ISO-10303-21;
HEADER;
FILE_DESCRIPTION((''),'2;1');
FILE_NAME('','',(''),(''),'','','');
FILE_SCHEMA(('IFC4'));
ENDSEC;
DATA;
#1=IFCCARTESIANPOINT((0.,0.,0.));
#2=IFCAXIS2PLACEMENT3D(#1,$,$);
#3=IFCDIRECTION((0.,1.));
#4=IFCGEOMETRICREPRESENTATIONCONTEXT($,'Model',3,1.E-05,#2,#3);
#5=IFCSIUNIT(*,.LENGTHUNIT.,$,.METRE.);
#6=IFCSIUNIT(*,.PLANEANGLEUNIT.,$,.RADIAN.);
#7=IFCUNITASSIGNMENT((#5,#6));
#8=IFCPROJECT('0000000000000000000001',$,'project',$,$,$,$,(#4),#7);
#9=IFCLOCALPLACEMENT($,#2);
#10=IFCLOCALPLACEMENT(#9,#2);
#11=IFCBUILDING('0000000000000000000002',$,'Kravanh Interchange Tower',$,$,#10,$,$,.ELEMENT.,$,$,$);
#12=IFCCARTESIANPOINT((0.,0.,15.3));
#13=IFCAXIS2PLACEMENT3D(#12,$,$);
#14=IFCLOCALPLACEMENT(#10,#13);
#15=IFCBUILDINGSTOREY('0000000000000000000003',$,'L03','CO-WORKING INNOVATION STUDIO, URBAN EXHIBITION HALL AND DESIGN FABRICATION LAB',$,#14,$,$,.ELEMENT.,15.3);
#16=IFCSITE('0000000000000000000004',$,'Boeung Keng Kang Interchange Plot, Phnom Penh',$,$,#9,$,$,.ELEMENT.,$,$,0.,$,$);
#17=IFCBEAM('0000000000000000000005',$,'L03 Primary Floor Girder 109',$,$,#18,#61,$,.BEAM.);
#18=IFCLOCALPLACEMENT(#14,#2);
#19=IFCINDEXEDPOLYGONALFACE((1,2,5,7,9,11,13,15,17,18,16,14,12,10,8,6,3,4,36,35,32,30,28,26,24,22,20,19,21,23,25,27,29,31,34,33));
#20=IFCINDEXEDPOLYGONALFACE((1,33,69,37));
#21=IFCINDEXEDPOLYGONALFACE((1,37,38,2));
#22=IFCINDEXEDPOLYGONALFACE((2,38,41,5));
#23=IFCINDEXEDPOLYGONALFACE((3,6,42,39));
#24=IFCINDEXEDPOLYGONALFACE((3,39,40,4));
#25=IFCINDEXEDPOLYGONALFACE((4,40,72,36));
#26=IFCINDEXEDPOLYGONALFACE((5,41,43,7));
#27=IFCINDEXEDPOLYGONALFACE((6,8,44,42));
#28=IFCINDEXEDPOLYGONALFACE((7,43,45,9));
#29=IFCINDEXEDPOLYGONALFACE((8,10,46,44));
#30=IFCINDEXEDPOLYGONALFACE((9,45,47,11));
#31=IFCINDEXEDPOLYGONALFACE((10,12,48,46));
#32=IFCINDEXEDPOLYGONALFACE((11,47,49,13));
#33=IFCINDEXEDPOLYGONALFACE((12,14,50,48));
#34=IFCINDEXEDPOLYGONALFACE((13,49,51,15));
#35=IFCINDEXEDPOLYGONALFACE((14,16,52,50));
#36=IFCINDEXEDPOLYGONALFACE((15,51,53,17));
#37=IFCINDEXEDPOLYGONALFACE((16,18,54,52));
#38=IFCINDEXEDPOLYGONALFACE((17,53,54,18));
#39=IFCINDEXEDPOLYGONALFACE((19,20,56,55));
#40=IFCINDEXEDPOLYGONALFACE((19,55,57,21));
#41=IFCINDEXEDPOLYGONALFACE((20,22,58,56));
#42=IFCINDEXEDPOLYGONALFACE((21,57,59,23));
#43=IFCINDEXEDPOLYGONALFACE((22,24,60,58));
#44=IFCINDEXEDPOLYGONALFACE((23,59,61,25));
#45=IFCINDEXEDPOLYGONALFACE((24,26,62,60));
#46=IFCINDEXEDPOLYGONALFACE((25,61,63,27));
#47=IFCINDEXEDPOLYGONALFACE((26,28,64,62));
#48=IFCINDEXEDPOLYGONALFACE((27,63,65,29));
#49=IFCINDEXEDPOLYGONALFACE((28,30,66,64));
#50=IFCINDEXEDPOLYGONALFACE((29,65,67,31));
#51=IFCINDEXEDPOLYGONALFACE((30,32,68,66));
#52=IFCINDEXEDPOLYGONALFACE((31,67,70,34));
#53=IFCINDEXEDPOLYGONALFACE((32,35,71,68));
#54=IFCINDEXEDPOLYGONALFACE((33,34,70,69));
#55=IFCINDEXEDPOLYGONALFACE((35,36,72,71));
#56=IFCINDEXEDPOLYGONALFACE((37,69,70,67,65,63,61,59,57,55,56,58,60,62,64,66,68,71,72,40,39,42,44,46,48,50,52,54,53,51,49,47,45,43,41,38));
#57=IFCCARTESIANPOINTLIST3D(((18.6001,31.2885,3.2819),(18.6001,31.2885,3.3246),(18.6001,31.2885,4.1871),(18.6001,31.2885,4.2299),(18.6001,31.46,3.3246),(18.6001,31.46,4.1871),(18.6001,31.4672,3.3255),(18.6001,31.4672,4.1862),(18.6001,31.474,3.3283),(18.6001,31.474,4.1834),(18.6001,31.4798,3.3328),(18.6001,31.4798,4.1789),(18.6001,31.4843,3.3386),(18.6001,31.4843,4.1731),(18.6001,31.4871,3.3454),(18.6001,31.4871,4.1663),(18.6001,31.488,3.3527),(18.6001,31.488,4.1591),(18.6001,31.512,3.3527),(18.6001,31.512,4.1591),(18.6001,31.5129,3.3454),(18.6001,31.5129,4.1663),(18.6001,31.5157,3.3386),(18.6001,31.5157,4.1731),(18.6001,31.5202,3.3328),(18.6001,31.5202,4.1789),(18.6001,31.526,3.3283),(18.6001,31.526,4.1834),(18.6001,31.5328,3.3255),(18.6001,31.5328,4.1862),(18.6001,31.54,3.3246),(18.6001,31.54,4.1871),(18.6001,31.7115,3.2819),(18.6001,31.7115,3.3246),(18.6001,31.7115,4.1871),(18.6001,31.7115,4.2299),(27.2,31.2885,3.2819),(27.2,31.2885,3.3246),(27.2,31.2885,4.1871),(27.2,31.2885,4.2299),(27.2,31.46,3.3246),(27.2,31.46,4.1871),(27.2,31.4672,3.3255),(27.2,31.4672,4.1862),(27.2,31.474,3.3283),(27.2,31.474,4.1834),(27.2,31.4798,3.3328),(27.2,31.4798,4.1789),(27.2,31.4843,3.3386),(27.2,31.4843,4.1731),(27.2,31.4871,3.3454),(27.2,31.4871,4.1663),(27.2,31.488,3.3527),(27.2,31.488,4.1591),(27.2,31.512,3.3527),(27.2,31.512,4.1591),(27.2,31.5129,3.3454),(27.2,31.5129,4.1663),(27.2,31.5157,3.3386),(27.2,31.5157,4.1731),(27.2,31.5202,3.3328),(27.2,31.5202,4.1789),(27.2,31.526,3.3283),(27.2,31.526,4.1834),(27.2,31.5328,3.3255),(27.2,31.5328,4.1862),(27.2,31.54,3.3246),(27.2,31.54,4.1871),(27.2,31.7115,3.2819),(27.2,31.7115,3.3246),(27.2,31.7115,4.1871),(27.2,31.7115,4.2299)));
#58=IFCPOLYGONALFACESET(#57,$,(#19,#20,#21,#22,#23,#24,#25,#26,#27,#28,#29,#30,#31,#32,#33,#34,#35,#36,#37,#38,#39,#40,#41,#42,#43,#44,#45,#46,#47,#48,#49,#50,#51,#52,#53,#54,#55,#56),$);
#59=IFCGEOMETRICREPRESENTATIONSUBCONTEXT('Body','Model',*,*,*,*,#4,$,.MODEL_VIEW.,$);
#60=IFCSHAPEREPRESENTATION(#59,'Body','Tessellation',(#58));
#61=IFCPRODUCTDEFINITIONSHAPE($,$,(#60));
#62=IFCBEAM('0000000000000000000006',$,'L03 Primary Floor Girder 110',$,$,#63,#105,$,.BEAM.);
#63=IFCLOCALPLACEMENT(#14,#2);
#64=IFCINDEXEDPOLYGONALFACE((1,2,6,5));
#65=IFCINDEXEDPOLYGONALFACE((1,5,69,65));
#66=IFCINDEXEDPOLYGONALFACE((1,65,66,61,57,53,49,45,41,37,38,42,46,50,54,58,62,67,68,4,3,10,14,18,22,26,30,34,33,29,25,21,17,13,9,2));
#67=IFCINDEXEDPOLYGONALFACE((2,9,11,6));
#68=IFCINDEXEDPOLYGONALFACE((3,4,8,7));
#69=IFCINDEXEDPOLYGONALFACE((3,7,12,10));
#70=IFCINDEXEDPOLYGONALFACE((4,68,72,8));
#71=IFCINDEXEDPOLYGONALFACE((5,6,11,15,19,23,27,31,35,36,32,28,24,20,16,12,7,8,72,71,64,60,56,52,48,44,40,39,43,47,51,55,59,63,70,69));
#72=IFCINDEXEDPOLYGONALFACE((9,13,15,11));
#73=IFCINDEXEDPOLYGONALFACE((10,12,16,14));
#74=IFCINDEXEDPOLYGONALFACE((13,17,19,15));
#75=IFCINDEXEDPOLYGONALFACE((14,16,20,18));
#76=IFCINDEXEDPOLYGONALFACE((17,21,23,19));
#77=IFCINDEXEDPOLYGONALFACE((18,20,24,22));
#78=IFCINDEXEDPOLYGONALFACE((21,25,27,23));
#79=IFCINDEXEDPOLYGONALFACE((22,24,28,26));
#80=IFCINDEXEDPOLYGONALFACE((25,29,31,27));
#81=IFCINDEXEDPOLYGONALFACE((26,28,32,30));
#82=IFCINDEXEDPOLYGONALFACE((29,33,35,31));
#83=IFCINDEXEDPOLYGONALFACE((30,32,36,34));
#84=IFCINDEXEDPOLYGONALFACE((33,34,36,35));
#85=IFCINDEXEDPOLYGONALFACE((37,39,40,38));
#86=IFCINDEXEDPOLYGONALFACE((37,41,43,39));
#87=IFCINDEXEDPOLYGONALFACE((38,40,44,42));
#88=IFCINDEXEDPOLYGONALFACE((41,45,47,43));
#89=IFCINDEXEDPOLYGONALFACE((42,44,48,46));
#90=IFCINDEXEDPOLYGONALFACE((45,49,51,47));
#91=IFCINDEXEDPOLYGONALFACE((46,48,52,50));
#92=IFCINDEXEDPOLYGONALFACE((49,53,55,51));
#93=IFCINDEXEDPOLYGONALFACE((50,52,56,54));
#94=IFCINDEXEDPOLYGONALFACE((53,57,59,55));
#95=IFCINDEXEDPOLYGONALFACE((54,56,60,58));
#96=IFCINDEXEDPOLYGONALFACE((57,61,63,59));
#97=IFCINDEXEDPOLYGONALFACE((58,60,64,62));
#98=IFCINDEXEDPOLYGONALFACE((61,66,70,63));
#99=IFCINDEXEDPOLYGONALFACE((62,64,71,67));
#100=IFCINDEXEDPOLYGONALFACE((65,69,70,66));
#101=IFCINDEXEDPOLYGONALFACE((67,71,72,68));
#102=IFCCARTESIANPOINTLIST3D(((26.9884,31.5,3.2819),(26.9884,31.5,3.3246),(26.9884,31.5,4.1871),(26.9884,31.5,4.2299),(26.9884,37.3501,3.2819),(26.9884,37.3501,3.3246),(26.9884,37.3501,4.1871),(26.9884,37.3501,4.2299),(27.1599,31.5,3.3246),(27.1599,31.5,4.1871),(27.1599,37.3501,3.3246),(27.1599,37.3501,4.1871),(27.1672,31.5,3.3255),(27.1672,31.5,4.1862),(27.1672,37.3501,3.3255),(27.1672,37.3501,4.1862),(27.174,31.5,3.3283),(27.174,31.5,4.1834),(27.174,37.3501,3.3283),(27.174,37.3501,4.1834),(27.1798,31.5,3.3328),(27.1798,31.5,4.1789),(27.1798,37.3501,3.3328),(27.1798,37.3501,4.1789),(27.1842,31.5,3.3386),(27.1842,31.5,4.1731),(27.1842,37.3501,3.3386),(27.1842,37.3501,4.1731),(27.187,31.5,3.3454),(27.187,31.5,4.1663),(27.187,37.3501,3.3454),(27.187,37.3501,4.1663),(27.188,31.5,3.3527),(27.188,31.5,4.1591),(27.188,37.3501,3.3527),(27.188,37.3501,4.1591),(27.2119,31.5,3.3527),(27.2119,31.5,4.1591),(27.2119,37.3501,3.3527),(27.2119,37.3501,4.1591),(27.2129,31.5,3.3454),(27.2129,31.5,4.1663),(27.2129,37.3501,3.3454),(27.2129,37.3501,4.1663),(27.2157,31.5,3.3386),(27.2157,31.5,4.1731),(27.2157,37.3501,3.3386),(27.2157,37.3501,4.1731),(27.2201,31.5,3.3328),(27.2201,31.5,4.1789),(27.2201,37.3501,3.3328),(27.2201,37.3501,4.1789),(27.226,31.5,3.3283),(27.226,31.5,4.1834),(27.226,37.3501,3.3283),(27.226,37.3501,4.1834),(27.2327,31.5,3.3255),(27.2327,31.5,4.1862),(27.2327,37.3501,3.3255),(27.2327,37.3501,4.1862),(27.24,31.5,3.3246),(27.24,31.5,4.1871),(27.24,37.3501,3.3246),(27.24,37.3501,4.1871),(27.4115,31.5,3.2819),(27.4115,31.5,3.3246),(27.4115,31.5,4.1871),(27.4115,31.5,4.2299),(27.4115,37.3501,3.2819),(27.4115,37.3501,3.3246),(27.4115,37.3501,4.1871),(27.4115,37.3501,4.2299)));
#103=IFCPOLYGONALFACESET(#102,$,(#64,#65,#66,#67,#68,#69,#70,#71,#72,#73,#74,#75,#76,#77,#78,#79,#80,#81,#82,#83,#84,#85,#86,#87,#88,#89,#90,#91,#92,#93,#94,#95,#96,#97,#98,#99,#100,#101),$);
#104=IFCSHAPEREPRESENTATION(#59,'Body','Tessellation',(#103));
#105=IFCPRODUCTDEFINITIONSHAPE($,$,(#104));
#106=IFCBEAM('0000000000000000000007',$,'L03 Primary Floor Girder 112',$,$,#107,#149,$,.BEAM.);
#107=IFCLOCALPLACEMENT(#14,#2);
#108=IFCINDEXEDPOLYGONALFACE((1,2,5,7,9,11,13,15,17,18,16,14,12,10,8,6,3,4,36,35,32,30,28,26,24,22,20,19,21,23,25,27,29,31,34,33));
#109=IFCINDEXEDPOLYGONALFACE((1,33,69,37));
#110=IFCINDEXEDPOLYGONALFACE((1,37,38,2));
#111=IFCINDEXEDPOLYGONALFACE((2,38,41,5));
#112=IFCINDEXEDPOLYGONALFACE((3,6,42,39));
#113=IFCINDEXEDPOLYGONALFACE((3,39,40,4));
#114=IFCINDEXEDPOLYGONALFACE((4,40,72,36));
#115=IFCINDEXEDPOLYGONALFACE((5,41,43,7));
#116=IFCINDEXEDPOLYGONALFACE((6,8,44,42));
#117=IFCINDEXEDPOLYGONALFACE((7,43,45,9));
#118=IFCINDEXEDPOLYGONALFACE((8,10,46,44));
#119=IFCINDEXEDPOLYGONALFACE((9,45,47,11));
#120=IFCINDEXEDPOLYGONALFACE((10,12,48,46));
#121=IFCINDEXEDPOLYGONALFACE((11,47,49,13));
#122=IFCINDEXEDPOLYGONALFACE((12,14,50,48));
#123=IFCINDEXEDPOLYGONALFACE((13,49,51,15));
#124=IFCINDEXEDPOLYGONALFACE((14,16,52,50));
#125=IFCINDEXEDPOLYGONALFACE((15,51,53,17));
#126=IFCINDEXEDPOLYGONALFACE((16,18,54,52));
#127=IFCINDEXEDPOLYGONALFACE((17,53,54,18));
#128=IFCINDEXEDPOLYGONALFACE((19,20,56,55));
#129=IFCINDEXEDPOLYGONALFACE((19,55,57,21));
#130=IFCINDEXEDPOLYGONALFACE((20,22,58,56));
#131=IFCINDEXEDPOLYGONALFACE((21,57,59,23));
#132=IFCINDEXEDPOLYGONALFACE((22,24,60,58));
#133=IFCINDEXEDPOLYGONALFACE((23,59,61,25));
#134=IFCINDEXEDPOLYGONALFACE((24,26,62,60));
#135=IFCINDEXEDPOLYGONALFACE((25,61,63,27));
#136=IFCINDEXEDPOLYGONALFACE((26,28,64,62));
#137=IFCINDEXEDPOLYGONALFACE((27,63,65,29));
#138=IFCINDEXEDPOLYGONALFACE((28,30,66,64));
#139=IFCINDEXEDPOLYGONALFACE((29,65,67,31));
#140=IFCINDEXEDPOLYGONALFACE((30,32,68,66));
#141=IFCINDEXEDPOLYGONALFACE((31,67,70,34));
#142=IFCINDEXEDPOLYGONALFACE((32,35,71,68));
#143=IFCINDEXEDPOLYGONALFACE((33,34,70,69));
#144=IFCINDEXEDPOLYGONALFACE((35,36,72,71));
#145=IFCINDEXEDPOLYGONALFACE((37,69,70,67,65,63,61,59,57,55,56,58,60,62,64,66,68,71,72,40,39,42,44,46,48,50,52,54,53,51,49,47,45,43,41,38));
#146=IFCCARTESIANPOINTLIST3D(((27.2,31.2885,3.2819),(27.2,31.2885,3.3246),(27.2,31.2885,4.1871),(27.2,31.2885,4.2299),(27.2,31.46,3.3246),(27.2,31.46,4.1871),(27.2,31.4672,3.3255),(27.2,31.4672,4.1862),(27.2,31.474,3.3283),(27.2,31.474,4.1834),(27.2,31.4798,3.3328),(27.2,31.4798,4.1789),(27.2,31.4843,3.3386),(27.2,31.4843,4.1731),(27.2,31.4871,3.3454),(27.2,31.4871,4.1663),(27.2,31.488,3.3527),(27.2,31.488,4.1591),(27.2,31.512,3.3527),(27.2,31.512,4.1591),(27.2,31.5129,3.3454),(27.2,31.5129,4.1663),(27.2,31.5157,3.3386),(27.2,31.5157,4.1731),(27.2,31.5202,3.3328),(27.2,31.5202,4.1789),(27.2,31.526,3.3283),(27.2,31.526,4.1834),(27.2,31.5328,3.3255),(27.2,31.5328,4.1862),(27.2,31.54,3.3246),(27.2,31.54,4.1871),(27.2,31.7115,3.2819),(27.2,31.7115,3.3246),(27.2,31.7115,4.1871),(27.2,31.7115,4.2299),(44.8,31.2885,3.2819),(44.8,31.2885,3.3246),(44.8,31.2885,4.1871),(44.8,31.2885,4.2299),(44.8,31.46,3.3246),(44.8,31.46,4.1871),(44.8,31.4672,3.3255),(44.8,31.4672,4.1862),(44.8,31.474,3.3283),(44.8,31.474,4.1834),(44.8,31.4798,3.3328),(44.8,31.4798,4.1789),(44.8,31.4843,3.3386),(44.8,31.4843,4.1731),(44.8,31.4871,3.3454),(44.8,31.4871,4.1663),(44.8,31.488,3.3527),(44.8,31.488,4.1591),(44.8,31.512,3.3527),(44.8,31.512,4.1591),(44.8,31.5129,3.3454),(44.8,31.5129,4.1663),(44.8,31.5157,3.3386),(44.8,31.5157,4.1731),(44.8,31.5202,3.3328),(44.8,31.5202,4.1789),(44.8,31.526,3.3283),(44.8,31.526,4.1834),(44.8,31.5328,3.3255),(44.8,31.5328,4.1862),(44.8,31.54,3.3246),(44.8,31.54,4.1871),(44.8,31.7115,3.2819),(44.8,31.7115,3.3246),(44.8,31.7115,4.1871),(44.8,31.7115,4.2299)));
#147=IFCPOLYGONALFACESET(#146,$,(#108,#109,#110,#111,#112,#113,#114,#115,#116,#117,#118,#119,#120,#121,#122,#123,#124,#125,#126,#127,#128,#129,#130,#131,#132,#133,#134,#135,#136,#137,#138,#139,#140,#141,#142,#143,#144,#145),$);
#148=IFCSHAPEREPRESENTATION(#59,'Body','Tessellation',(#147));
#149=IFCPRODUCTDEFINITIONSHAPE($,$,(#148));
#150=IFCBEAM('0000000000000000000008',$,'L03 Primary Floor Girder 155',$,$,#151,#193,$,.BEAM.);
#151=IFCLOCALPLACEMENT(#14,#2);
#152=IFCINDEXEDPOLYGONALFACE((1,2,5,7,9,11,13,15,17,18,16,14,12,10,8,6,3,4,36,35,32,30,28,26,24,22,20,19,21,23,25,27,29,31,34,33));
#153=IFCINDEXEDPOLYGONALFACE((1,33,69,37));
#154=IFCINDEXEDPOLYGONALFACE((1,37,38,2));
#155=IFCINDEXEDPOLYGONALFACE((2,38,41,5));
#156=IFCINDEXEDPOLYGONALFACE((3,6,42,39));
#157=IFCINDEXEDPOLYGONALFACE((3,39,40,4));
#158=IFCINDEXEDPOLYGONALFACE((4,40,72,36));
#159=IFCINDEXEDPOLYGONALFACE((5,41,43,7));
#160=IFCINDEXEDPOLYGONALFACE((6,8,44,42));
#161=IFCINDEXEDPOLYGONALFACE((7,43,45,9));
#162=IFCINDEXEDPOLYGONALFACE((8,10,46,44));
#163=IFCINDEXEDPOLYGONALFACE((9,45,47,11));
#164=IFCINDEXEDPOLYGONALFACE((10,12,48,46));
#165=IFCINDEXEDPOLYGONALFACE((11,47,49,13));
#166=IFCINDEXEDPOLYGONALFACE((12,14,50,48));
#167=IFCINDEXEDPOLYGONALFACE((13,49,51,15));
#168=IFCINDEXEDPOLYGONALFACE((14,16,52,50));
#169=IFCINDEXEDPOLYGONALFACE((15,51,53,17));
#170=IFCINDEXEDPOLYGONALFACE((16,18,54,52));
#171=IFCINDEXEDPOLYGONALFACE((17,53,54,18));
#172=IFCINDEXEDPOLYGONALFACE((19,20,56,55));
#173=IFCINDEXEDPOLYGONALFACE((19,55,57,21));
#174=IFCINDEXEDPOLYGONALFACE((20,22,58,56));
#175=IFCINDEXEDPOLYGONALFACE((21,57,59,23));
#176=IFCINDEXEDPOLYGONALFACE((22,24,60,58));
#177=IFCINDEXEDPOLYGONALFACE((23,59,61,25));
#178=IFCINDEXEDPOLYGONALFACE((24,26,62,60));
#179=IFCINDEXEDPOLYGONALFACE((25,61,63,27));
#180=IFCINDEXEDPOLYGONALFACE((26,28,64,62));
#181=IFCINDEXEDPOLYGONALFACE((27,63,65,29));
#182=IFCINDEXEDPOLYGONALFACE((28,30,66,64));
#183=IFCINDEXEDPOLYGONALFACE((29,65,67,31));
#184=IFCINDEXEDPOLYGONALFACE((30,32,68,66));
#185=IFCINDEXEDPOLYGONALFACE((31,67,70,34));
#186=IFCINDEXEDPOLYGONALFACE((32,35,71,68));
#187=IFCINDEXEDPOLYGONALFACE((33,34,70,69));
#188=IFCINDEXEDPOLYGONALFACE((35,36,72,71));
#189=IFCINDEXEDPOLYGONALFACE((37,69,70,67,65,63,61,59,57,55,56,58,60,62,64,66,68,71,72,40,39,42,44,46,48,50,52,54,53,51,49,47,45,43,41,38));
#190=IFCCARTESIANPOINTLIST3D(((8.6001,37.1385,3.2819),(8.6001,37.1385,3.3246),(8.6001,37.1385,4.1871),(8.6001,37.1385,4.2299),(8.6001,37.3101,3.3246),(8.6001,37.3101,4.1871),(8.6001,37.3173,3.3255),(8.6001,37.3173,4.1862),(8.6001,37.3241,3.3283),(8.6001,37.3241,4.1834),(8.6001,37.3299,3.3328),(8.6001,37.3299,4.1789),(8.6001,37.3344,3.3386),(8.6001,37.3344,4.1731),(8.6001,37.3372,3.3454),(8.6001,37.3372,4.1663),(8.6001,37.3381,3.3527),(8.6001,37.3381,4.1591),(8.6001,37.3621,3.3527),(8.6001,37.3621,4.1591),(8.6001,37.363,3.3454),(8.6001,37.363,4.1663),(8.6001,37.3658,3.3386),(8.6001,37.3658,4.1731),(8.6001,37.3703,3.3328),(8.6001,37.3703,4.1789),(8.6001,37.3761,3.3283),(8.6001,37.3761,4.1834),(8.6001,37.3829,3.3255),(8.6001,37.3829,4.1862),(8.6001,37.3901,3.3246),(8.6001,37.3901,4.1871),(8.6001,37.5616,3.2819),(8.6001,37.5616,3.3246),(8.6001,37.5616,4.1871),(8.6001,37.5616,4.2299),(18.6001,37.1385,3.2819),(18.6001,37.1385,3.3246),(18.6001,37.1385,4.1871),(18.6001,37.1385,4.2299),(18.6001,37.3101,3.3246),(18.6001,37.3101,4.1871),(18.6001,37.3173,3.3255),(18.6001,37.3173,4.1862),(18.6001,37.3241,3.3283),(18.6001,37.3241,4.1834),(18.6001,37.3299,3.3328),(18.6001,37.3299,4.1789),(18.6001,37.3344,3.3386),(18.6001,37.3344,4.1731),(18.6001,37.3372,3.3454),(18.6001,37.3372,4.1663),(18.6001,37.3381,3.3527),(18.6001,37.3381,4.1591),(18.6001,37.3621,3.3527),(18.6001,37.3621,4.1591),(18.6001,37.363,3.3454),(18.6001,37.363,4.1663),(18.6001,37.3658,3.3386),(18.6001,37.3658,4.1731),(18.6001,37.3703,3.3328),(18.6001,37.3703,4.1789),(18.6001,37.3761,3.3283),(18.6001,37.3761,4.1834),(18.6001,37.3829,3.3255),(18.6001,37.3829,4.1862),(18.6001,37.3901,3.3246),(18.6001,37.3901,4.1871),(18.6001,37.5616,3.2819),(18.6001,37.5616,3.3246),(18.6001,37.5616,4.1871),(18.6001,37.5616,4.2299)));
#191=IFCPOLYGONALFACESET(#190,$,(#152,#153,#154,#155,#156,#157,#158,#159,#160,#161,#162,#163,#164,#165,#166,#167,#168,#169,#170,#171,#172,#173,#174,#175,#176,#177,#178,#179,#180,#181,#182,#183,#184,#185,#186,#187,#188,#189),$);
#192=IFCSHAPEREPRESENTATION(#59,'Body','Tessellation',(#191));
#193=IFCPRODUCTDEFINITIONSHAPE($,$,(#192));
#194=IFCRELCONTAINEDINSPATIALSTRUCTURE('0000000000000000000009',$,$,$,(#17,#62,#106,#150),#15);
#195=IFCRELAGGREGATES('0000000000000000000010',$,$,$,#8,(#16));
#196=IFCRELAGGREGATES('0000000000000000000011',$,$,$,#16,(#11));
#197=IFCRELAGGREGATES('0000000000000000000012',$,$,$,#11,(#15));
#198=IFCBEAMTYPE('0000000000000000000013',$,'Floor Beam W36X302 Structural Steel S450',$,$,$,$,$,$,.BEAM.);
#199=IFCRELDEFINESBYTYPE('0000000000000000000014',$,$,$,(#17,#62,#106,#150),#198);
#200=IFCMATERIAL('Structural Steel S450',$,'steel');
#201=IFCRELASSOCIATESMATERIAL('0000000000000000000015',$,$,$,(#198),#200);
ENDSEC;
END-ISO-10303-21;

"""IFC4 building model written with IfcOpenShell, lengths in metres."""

from ifc_helpers import new_model, si_unit, direction, frame, origin, origin_2d, place, context, subcontext, project, spatial, i_section, extrude, material, material_profile, profile_set, type_object, element, save


model = new_model("IFC4")

# Units and contexts
model_context = context("Model", 3, precision=1e-05, world=origin(), true_north=direction((0.0, 1.0)))
body_context = subcontext(model_context, "Body", "Model", "MODEL_VIEW")
ifc_project = project(units=[si_unit("LENGTHUNIT", "METRE"), si_unit("PLANEANGLEUNIT", "RADIAN")], contexts=[model_context])

# Site, building, storey
site_placement = place(None, origin())
site = spatial("IfcSite", under=ifc_project, at=site_placement, Name="Boeung Keng Kang Interchange Plot, Phnom Penh", CompositionType="ELEMENT", RefElevation=0.0)
building_placement = place(site_placement, origin())
building = spatial("IfcBuilding", under=site, at=building_placement, Name="Kravanh Interchange Tower", CompositionType="ELEMENT")
storey_placement = place(building_placement, frame((0.0, 0.0, 15.3)))
storey = spatial("IfcBuildingStorey", under=building, at=storey_placement, Name="L03", Description="CO-WORKING INNOVATION STUDIO, URBAN EXHIBITION HALL AND DESIGN FABRICATION LAB", CompositionType="ELEMENT", Elevation=15.3)

# Beams
ifc_material_1 = material(Name="Structural Steel S450", Category="steel")
ifc_material_profile_1 = material_profile(ifc_material_1, i_section(OverallWidth=0.4231, OverallDepth=0.948, WebThickness=0.0239, FlangeThickness=0.0427, FilletRadius=0.0281, at=origin_2d()), Name="W36X302")
ifc_profile_set_1 = profile_set([ifc_material_profile_1], Name="Structural Steel S450")
beam_type_1 = type_object("IfcBeamType", Name="Floor Beam W36X302 Structural Steel S450", PredefinedType="BEAM", material=ifc_profile_set_1)
beam_1_placement = place(storey_placement, frame((18.6001, 31.5, 3.7559), z_axis=(1.0, 0.0, 0.0), x_axis=(0.0, 1.0, 0.0)))
element("IfcBeam", 1, at=beam_1_placement, inside=storey, type_object=beam_type_1, Name="L03 Primary Floor Girder 109", PredefinedType="BEAM", context=body_context, shape_type="SweptSolid", body=[
    extrude(i_section(OverallWidth=0.4231, OverallDepth=0.948, WebThickness=0.0239, FlangeThickness=0.0427, FilletRadius=0.0281, at=origin_2d()), origin(), (0.0, 0.0, 1.0), 8.5999),
])
beam_2_placement = place(storey_placement, frame((27.2, 31.5, 3.7559), z_axis=(0.0, 1.0, 0.0), x_axis=(-1.0, 0.0, 0.0)))
element("IfcBeam", 2, at=beam_2_placement, inside=storey, type_object=beam_type_1, Name="L03 Primary Floor Girder 110", PredefinedType="BEAM", context=body_context, shape_type="SweptSolid", body=[
    extrude(i_section(OverallWidth=0.4231, OverallDepth=0.948, WebThickness=0.0239, FlangeThickness=0.0427, FilletRadius=0.0281, at=origin_2d()), origin(), (0.0, 0.0, 1.0), 5.8501),
])
beam_3_placement = place(storey_placement, frame((27.2, 31.5, 3.7559), z_axis=(1.0, 0.0, 0.0), x_axis=(0.0, 1.0, 0.0)))
element("IfcBeam", 3, at=beam_3_placement, inside=storey, type_object=beam_type_1, Name="L03 Primary Floor Girder 112", PredefinedType="BEAM", context=body_context, shape_type="SweptSolid", body=[
    extrude(i_section(OverallWidth=0.4231, OverallDepth=0.948, WebThickness=0.0239, FlangeThickness=0.0427, FilletRadius=0.0281, at=origin_2d()), origin(), (0.0, 0.0, 1.0), 17.6001),
])
beam_4_placement = place(storey_placement, frame((18.6001, 37.3501, 3.7559), z_axis=(-1.0, 0.0, 0.0), x_axis=(0.0, -1.0, 0.0)))
element("IfcBeam", 4, at=beam_4_placement, inside=storey, type_object=beam_type_1, Name="L03 Primary Floor Girder 155", PredefinedType="BEAM", context=body_context, shape_type="SweptSolid", body=[
    extrude(i_section(OverallWidth=0.4231, OverallDepth=0.948, WebThickness=0.0239, FlangeThickness=0.0427, FilletRadius=0.0281, at=origin_2d()), origin(), (0.0, 0.0, 1.0), 10.0),
])

save(model, "model.ifc")
